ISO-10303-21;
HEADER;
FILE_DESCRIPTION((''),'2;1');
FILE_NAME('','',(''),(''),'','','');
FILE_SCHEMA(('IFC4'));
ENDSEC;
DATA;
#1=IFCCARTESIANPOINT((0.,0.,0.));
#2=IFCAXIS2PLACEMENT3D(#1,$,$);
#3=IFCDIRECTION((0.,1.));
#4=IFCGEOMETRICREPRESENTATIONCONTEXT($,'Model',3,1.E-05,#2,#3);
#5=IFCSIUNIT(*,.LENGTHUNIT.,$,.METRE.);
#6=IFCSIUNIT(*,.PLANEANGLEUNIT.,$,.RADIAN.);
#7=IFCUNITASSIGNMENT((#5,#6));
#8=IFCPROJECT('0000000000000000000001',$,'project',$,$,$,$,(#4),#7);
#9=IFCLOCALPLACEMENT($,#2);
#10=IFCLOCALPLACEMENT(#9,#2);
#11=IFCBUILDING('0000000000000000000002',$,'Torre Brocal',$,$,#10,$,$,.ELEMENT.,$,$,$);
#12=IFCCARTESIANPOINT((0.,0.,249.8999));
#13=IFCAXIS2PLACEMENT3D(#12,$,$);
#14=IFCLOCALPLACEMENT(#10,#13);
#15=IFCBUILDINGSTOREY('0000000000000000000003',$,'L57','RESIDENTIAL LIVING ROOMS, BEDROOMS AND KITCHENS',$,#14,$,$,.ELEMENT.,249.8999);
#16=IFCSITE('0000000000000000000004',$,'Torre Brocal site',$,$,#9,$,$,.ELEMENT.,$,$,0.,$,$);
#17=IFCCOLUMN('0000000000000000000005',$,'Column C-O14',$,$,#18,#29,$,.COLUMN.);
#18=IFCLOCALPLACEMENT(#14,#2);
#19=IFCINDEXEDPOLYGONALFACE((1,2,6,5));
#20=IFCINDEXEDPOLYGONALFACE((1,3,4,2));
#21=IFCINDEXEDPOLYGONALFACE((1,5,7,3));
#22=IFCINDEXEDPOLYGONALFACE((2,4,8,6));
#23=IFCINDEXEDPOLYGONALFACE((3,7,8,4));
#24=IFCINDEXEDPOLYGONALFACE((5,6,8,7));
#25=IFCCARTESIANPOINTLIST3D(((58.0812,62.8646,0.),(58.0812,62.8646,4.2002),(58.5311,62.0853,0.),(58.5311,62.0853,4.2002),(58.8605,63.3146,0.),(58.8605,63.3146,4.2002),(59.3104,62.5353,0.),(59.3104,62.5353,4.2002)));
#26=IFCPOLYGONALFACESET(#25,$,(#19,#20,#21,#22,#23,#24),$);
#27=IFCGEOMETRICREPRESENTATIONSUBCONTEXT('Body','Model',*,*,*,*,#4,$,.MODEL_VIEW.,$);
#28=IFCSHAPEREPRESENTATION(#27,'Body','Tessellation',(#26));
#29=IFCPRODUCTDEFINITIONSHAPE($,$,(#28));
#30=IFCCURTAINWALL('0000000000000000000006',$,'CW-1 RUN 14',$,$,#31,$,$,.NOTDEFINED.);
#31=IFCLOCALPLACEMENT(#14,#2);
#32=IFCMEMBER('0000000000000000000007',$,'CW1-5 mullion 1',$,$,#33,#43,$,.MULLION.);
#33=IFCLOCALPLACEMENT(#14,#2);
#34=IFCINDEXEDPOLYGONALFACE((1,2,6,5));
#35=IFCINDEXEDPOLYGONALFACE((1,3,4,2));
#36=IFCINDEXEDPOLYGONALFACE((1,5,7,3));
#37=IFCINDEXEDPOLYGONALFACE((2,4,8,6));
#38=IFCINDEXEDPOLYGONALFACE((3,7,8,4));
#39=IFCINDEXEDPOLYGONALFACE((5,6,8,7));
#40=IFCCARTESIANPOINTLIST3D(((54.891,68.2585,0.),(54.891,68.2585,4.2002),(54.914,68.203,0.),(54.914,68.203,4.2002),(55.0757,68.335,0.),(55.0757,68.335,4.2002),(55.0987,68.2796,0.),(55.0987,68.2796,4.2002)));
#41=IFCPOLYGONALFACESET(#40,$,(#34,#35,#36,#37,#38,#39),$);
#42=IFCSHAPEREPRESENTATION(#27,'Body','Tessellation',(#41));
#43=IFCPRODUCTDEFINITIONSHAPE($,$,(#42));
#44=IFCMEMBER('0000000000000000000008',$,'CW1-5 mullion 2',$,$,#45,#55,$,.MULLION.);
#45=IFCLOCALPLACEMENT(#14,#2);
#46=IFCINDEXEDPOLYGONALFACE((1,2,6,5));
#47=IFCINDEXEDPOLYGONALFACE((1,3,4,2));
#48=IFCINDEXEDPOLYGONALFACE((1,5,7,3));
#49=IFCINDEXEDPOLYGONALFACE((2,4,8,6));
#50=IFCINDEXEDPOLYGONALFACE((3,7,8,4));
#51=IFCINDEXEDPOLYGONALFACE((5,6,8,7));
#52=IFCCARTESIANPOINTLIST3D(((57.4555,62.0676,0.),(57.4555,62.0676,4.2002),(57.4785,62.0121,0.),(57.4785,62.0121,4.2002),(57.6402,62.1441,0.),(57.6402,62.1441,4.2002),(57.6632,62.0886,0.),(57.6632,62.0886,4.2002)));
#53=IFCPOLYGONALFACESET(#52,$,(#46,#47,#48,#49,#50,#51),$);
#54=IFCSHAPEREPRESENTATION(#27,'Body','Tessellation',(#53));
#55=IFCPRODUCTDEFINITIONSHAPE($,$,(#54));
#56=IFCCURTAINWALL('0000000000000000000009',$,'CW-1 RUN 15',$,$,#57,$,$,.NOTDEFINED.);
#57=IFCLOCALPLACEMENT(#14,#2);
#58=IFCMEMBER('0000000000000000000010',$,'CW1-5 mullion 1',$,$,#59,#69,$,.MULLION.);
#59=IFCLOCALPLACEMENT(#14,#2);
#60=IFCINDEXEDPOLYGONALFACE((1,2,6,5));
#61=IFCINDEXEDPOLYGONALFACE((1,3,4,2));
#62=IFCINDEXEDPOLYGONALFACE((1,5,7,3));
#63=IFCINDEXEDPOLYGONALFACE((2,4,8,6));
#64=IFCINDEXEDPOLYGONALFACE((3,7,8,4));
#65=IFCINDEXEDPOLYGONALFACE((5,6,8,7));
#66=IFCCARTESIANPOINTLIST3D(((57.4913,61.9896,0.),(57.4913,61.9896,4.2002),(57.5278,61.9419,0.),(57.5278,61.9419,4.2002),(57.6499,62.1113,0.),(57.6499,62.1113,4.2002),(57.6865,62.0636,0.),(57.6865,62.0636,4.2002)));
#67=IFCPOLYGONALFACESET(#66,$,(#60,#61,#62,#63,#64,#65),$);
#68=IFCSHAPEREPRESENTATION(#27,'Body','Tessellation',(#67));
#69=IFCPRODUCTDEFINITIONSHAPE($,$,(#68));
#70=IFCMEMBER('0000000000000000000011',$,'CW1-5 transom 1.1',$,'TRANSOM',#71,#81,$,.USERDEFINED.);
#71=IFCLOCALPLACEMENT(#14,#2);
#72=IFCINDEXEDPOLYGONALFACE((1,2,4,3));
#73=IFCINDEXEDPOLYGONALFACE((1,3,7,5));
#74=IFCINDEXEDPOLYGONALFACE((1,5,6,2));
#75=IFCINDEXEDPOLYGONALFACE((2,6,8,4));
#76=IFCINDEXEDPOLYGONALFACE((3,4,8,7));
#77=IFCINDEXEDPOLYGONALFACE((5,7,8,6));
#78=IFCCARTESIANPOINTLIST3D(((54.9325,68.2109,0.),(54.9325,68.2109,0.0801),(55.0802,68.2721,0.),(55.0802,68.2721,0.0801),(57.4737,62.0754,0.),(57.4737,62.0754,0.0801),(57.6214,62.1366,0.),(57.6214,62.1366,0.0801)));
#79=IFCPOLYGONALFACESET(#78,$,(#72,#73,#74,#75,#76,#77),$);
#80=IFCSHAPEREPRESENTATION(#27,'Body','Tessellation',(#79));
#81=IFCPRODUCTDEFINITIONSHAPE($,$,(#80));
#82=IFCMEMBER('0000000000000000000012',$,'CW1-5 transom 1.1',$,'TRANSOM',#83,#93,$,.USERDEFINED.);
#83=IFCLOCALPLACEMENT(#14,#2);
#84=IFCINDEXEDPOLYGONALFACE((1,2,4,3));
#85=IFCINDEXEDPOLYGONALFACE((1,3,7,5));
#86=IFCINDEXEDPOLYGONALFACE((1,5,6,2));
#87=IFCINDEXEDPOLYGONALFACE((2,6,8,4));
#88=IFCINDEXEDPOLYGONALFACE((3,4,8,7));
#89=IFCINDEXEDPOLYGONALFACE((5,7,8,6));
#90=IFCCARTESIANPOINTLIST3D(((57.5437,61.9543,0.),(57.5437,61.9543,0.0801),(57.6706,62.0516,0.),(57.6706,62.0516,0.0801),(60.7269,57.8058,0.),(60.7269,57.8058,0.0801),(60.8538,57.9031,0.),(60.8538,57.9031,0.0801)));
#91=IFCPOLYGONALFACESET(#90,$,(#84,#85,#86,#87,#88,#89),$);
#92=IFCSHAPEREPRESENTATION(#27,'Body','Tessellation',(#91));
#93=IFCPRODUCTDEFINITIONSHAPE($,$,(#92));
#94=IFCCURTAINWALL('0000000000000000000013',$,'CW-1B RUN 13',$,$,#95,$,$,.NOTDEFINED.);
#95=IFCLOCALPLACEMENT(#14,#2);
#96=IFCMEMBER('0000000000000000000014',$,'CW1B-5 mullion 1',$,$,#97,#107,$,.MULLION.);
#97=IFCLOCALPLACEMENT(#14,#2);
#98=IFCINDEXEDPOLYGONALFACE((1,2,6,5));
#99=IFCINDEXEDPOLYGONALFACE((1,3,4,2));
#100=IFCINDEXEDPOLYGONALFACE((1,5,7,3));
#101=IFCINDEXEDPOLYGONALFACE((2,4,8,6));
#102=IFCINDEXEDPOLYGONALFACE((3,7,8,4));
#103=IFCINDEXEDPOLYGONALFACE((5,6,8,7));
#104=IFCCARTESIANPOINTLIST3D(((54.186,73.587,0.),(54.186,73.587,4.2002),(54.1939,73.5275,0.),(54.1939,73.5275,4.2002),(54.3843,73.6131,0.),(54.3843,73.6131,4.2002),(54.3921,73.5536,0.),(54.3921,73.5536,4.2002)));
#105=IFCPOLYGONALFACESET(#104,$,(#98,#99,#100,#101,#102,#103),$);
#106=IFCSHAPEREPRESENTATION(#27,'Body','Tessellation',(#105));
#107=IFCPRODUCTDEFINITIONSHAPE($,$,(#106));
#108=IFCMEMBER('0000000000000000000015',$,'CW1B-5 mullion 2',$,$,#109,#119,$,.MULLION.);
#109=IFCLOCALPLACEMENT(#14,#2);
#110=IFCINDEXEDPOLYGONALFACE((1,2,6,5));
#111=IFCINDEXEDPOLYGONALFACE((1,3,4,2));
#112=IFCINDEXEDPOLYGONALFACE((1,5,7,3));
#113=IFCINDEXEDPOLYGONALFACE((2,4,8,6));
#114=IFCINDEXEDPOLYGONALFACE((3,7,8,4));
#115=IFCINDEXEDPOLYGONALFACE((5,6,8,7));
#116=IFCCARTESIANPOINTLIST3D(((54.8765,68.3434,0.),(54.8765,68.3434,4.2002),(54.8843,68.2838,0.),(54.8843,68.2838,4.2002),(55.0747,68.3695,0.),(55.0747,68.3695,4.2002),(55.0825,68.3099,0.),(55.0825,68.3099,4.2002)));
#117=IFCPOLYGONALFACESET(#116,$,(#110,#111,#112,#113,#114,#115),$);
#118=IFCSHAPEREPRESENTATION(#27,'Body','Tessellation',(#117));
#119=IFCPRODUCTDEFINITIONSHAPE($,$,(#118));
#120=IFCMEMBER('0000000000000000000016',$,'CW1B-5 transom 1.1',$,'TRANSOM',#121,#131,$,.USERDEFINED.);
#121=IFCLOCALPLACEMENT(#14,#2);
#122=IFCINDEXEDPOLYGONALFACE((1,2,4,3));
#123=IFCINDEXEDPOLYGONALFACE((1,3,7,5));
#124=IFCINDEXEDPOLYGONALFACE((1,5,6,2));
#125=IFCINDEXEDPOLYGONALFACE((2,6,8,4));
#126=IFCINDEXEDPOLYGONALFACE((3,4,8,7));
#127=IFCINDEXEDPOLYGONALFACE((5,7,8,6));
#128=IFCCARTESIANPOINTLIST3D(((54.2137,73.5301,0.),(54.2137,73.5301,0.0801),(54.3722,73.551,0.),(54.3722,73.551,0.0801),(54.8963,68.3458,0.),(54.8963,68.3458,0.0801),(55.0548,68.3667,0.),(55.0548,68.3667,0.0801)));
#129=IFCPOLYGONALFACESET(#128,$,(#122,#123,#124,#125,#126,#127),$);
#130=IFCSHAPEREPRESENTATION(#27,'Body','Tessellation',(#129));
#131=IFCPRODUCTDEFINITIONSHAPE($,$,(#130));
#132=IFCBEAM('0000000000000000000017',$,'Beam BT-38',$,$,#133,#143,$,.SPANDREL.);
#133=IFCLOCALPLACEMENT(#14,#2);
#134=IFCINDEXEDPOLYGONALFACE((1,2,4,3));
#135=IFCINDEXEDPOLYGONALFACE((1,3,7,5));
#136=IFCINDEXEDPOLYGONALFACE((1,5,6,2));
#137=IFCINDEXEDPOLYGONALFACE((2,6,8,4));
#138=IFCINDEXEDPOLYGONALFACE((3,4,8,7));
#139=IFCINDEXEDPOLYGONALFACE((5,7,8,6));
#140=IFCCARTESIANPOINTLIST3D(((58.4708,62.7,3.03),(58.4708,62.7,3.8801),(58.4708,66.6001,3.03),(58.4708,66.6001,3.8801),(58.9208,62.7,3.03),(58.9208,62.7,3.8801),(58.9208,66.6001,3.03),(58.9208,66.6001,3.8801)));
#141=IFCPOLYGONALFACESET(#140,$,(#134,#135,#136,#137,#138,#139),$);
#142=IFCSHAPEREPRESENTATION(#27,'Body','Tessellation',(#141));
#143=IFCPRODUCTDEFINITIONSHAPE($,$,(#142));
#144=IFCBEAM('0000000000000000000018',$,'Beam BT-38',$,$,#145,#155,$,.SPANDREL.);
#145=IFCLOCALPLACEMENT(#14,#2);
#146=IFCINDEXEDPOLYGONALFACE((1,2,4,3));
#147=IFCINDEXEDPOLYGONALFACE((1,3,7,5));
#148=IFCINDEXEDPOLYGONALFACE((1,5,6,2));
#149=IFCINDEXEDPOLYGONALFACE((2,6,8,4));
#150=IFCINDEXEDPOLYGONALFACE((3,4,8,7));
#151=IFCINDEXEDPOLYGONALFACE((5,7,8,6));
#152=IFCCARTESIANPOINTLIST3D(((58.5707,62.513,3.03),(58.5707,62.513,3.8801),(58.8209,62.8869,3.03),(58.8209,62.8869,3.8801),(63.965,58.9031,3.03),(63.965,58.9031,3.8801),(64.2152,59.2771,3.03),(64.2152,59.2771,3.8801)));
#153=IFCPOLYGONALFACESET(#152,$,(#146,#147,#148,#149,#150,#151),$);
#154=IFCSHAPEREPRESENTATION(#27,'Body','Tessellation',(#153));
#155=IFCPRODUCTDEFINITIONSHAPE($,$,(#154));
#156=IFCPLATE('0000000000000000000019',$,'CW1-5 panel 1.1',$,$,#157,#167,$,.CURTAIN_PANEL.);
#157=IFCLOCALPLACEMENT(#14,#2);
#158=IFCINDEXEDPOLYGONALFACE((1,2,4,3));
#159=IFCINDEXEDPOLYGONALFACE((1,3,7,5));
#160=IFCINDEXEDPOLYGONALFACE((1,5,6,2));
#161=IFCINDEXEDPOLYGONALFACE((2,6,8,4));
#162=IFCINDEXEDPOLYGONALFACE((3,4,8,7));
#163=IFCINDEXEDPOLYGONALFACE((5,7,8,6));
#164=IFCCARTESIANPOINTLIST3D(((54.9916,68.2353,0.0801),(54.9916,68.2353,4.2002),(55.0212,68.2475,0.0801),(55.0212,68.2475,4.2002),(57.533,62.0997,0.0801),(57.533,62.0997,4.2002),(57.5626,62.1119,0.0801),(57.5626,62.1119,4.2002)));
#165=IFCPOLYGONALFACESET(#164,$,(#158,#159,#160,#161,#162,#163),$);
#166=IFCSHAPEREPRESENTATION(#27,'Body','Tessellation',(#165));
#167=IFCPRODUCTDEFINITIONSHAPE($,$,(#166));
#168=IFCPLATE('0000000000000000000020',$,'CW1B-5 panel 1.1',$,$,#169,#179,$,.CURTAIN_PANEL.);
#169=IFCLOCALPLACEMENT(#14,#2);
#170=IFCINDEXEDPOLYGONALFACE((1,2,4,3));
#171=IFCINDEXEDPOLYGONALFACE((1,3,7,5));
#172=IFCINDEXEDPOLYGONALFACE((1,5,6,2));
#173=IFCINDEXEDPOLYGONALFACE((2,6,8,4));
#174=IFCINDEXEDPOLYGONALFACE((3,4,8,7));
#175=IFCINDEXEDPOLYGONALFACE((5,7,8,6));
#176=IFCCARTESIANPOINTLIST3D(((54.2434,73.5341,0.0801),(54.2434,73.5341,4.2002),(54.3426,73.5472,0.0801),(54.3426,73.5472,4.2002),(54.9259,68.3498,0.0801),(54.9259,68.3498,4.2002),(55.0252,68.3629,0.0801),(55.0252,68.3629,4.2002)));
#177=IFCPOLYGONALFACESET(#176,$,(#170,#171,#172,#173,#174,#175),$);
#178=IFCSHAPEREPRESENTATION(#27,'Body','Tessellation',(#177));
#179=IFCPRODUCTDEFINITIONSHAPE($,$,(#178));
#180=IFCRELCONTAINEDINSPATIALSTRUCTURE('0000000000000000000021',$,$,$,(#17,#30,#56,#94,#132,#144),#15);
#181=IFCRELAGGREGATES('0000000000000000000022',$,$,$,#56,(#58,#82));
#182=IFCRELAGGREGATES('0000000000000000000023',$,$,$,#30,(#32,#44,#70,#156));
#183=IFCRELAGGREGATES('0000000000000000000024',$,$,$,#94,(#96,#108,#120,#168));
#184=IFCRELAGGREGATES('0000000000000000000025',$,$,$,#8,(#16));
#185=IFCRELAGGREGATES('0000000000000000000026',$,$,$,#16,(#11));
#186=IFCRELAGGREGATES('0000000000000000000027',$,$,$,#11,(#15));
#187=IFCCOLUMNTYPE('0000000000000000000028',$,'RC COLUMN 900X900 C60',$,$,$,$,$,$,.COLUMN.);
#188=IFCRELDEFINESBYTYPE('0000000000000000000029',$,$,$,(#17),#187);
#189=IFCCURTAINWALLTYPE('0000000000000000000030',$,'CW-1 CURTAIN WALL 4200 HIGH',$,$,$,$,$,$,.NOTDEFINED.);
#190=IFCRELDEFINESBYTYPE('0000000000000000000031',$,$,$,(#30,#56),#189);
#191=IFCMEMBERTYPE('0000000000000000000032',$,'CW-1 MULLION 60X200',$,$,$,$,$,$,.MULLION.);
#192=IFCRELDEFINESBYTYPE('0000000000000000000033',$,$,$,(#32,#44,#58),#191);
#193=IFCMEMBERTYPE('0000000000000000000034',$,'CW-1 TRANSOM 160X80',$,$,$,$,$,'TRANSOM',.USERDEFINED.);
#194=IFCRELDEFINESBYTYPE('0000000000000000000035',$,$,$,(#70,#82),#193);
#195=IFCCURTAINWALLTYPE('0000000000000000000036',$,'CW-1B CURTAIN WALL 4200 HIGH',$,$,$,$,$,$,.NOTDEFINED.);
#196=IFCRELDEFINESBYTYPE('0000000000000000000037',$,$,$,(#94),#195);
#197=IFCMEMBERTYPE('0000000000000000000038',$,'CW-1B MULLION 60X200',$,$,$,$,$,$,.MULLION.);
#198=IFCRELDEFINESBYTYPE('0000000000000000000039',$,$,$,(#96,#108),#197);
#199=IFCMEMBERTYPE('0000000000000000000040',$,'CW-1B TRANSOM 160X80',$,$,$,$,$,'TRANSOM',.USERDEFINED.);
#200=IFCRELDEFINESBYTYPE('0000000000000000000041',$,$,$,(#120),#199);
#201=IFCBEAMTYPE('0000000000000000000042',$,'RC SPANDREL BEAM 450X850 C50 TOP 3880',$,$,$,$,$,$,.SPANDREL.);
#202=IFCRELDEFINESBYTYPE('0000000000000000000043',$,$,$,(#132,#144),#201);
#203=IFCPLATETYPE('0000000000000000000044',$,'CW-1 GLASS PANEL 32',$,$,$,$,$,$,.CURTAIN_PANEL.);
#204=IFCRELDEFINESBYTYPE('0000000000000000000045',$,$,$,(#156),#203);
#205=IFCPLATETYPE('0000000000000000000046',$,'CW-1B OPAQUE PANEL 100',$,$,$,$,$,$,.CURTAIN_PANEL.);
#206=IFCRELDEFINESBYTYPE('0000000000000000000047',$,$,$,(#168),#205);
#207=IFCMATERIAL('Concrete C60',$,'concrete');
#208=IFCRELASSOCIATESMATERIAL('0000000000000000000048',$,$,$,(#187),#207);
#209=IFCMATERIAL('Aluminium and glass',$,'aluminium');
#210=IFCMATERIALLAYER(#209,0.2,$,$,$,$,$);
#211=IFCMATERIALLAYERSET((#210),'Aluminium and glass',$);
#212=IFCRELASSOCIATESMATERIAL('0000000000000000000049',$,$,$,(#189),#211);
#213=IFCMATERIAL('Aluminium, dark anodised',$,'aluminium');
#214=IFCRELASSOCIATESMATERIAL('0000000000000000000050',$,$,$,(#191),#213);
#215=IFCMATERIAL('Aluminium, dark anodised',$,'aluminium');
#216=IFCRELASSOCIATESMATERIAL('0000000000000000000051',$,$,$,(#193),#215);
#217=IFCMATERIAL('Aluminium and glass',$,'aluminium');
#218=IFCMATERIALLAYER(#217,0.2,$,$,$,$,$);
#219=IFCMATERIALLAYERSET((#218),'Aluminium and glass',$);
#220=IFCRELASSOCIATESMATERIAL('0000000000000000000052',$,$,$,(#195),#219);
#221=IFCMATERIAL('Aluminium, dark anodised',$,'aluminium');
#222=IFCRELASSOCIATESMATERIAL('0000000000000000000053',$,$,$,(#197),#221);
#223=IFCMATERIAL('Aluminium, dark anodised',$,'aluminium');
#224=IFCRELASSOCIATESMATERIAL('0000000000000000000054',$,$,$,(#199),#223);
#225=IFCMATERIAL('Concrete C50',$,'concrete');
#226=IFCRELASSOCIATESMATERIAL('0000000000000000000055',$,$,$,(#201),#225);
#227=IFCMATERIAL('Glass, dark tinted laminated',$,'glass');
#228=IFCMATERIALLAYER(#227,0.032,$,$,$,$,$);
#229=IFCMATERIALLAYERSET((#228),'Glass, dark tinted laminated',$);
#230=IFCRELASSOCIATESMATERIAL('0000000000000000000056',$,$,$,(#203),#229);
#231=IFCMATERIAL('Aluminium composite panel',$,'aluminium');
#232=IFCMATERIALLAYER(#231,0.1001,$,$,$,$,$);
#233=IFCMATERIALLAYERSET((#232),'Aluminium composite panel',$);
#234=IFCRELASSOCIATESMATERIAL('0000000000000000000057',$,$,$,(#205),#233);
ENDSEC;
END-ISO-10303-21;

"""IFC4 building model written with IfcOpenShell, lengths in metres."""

from ifc_helpers import new_model, si_unit, direction, frame, origin, origin_2d, place, context, subcontext, project, spatial, rectangle, extrude, material, layer, layer_set, material_profile, profile_set, type_object, element, aggregate, save


model = new_model("IFC4")

# Units and contexts
model_context = context("Model", 3, precision=1e-05, world=origin(), true_north=direction((0.0, 1.0)))
body_context = subcontext(model_context, "Body", "Model", "MODEL_VIEW")
ifc_project = project(units=[si_unit("LENGTHUNIT", "METRE"), si_unit("PLANEANGLEUNIT", "RADIAN")], contexts=[model_context])

# Site, building, storey
site_placement = place(None, origin())
site = spatial("IfcSite", under=ifc_project, at=site_placement, Name="Torre Brocal site", CompositionType="ELEMENT", RefElevation=0.0)
building_placement = place(site_placement, origin())
building = spatial("IfcBuilding", under=site, at=building_placement, Name="Torre Brocal", CompositionType="ELEMENT")
storey_placement = place(building_placement, frame((0.0, 0.0, 249.8999)))
storey = spatial("IfcBuildingStorey", under=building, at=storey_placement, Name="L57", Description="RESIDENTIAL LIVING ROOMS, BEDROOMS AND KITCHENS", CompositionType="ELEMENT", Elevation=249.8999)

# Column
ifc_material_1 = material(Name="Concrete C60", Category="concrete")
ifc_material_profile_1 = material_profile(ifc_material_1, rectangle(XDim=0.8999, YDim=0.8999, at=origin_2d()), Name="RC 900X900")
ifc_profile_set_1 = profile_set([ifc_material_profile_1], Name="Concrete C60")
column_type = type_object("IfcColumnType", Name="RC COLUMN 900X900 C60", PredefinedType="COLUMN", material=ifc_profile_set_1)
column_placement = place(storey_placement, frame((58.6958, 62.7, 0.0), z_axis=(0.0, 0.0, 1.0), x_axis=(-0.866025, -0.5, 0.0)))
element("IfcColumn", 1, at=column_placement, inside=storey, type_object=column_type, Name="Column C-O14", PredefinedType="COLUMN", context=body_context, shape_type="SweptSolid", body=[
    extrude(rectangle(XDim=0.8999, YDim=0.8999, at=origin_2d()), origin(), (0.0, 0.0, 1.0), 4.2002),
])

# Curtain wall, members
ifc_material_2 = material(Name="Aluminium and glass", Category="aluminium")
ifc_layer_1 = layer(ifc_material_2, 0.2)
ifc_layer_set_1 = layer_set([ifc_layer_1], Name="Aluminium and glass")
curtain_wall_type_1 = type_object("IfcCurtainWallType", Name="CW-1 CURTAIN WALL 4200 HIGH", PredefinedType="NOTDEFINED", material=ifc_layer_set_1)
curtain_wall_1_placement = place(storey_placement, origin())
curtain_wall_1 = element("IfcCurtainWall", 2, at=curtain_wall_1_placement, inside=storey, type_object=curtain_wall_type_1, Name="CW-1 RUN 14", PredefinedType="NOTDEFINED")
ifc_material_3 = material(Name="Aluminium, dark anodised", Category="aluminium")
ifc_material_profile_2 = material_profile(ifc_material_3, rectangle(XDim=0.2, YDim=0.0601, at=origin_2d()), Name="CW-1 MULLION 60X200")
ifc_profile_set_2 = profile_set([ifc_material_profile_2], Name="Aluminium, dark anodised")
member_type_1 = type_object("IfcMemberType", Name="CW-1 MULLION 60X200", PredefinedType="MULLION", material=ifc_profile_set_2)
member_1_placement = place(storey_placement, frame((54.9949, 68.269, 0.0), z_axis=(0.0, 0.0, 1.0), x_axis=(0.92388, 0.382683, 0.0)))
member_1 = element("IfcMember", 3, at=member_1_placement, type_object=member_type_1, Name="CW1-5 mullion 1", PredefinedType="MULLION", context=body_context, shape_type="SweptSolid", body=[
    extrude(rectangle(XDim=0.2, YDim=0.0601, at=origin_2d()), origin(), (0.0, 0.0, 1.0), 4.2002),
])
member_2_placement = place(storey_placement, frame((57.5593, 62.0781, 0.0), z_axis=(0.0, 0.0, 1.0), x_axis=(0.92388, 0.382683, 0.0)))
member_2 = element("IfcMember", 4, at=member_2_placement, type_object=member_type_1, Name="CW1-5 mullion 2", PredefinedType="MULLION", context=body_context, shape_type="SweptSolid", body=[
    extrude(rectangle(XDim=0.2, YDim=0.0601, at=origin_2d()), origin(), (0.0, 0.0, 1.0), 4.2002),
])

# Curtain wall, member
curtain_wall_2_placement = place(storey_placement, origin())
curtain_wall_2 = element("IfcCurtainWall", 5, at=curtain_wall_2_placement, inside=storey, type_object=curtain_wall_type_1, Name="CW-1 RUN 15", PredefinedType="NOTDEFINED")
member_3_placement = place(storey_placement, frame((57.5889, 62.0266, 0.0), z_axis=(0.0, 0.0, 1.0), x_axis=(0.793353, 0.608761, 0.0)))
member_3 = element("IfcMember", 6, at=member_3_placement, type_object=member_type_1, Name="CW1-5 mullion 1", PredefinedType="MULLION", context=body_context, shape_type="SweptSolid", body=[
    extrude(rectangle(XDim=0.2, YDim=0.0601, at=origin_2d()), origin(), (0.0, 0.0, 1.0), 4.2002),
])

# Members
ifc_material_4 = material(Name="Aluminium, dark anodised", Category="aluminium")
ifc_material_profile_3 = material_profile(ifc_material_4, rectangle(XDim=0.1599, YDim=0.0801, at=origin_2d()), Name="CW-1 TRANSOM 160X80")
ifc_profile_set_3 = profile_set([ifc_material_profile_3], Name="Aluminium, dark anodised")
member_type_2 = type_object("IfcMemberType", Name="CW-1 TRANSOM 160X80", ElementType="TRANSOM", PredefinedType="USERDEFINED", material=ifc_profile_set_3)
member_4_placement = place(storey_placement, frame((55.0063, 68.2415, 0.04), z_axis=(0.382665, -0.923887, 0.0), x_axis=(0.923887, 0.382665, 0.0)))
member_4 = element("IfcMember", 7, at=member_4_placement, type_object=member_type_2, Name="CW1-5 transom 1.1", ObjectType="TRANSOM", PredefinedType="USERDEFINED", context=body_context, shape_type="SweptSolid", body=[
    extrude(rectangle(XDim=0.1599, YDim=0.0801, at=origin_2d()), origin(), (0.0, 0.0, 1.0), 6.6409),
])
member_5_placement = place(storey_placement, frame((57.6072, 62.0029, 0.04), z_axis=(0.608749, -0.793363, 0.0), x_axis=(0.793363, 0.608749, 0.0)))
member_5 = element("IfcMember", 8, at=member_5_placement, type_object=member_type_2, Name="CW1-5 transom 1.1", ObjectType="TRANSOM", PredefinedType="USERDEFINED", context=body_context, shape_type="SweptSolid", body=[
    extrude(rectangle(XDim=0.1599, YDim=0.0801, at=origin_2d()), origin(), (0.0, 0.0, 1.0), 5.229),
])
aggregate(curtain_wall_2, [member_3, member_5])

# Curtain wall, members
ifc_material_5 = material(Name="Aluminium and glass", Category="aluminium")
ifc_layer_2 = layer(ifc_material_5, 0.2)
ifc_layer_set_2 = layer_set([ifc_layer_2], Name="Aluminium and glass")
curtain_wall_type_2 = type_object("IfcCurtainWallType", Name="CW-1B CURTAIN WALL 4200 HIGH", PredefinedType="NOTDEFINED", material=ifc_layer_set_2)
curtain_wall_3_placement = place(storey_placement, origin())
curtain_wall_3 = element("IfcCurtainWall", 9, at=curtain_wall_3_placement, inside=storey, type_object=curtain_wall_type_2, Name="CW-1B RUN 13", PredefinedType="NOTDEFINED")
ifc_material_6 = material(Name="Aluminium, dark anodised", Category="aluminium")
ifc_material_profile_4 = material_profile(ifc_material_6, rectangle(XDim=0.2, YDim=0.0601, at=origin_2d()), Name="CW-1B MULLION 60X200")
ifc_profile_set_4 = profile_set([ifc_material_profile_4], Name="Aluminium, dark anodised")
member_type_3 = type_object("IfcMemberType", Name="CW-1B MULLION 60X200", PredefinedType="MULLION", material=ifc_profile_set_4)
member_6_placement = place(storey_placement, frame((54.2891, 73.5703, 0.0), z_axis=(0.0, 0.0, 1.0), x_axis=(0.991445, 0.130526, 0.0)))
member_6 = element("IfcMember", 10, at=member_6_placement, type_object=member_type_3, Name="CW1B-5 mullion 1", PredefinedType="MULLION", context=body_context, shape_type="SweptSolid", body=[
    extrude(rectangle(XDim=0.2, YDim=0.0601, at=origin_2d()), origin(), (0.0, 0.0, 1.0), 4.2002),
])
member_7_placement = place(storey_placement, frame((54.9795, 68.3267, 0.0), z_axis=(0.0, 0.0, 1.0), x_axis=(0.991445, 0.130526, 0.0)))
member_7 = element("IfcMember", 11, at=member_7_placement, type_object=member_type_3, Name="CW1B-5 mullion 2", PredefinedType="MULLION", context=body_context, shape_type="SweptSolid", body=[
    extrude(rectangle(XDim=0.2, YDim=0.0601, at=origin_2d()), origin(), (0.0, 0.0, 1.0), 4.2002),
])
ifc_material_7 = material(Name="Aluminium, dark anodised", Category="aluminium")
ifc_material_profile_5 = material_profile(ifc_material_7, rectangle(XDim=0.1599, YDim=0.0801, at=origin_2d()), Name="CW-1B TRANSOM 160X80")
ifc_profile_set_5 = profile_set([ifc_material_profile_5], Name="Aluminium, dark anodised")
member_type_4 = type_object("IfcMemberType", Name="CW-1B TRANSOM 160X80", ElementType="TRANSOM", PredefinedType="USERDEFINED", material=ifc_profile_set_5)
member_8_placement = place(storey_placement, frame((54.293, 73.5405, 0.04), z_axis=(0.130543, -0.991443, 0.0), x_axis=(0.991443, 0.130543, 0.0)))
member_8 = element("IfcMember", 12, at=member_8_placement, type_object=member_type_4, Name="CW1B-5 transom 1.1", ObjectType="TRANSOM", PredefinedType="USERDEFINED", context=body_context, shape_type="SweptSolid", body=[
    extrude(rectangle(XDim=0.1599, YDim=0.0801, at=origin_2d()), origin(), (0.0, 0.0, 1.0), 5.229),
])

# Beams
ifc_material_8 = material(Name="Concrete C50", Category="concrete")
ifc_material_profile_6 = material_profile(ifc_material_8, rectangle(XDim=0.45, YDim=0.8501, at=origin_2d()), Name="RC 450X850")
ifc_profile_set_6 = profile_set([ifc_material_profile_6], Name="Concrete C50")
beam_type = type_object("IfcBeamType", Name="RC SPANDREL BEAM 450X850 C50 TOP 3880", PredefinedType="SPANDREL", material=ifc_profile_set_6)
beam_1_placement = place(storey_placement, frame((58.6958, 62.7, 3.4551), z_axis=(0.0, 1.0, 0.0), x_axis=(-1.0, 0.0, 0.0)))
element("IfcBeam", 13, at=beam_1_placement, inside=storey, type_object=beam_type, Name="Beam BT-38", PredefinedType="SPANDREL", context=body_context, shape_type="SweptSolid", body=[
    extrude(rectangle(XDim=0.45, YDim=0.8501, at=origin_2d()), origin(), (0.0, 0.0, 1.0), 3.9001),
])
beam_2_placement = place(storey_placement, frame((58.6958, 62.7, 3.4551), z_axis=(0.831077, -0.556158, 0.0), x_axis=(0.556158, 0.831077, 0.0)))
element("IfcBeam", 14, at=beam_2_placement, inside=storey, type_object=beam_type, Name="Beam BT-38", PredefinedType="SPANDREL", context=body_context, shape_type="SweptSolid", body=[
    extrude(rectangle(XDim=0.45, YDim=0.8501, at=origin_2d()), origin(), (0.0, 0.0, 1.0), 6.4907),
])

# Plates
ifc_material_9 = material(Name="Glass, dark tinted laminated", Category="glass")
ifc_layer_3 = layer(ifc_material_9, 0.032)
ifc_layer_set_3 = layer_set([ifc_layer_3], Name="Glass, dark tinted laminated")
plate_type_1 = type_object("IfcPlateType", Name="CW-1 GLASS PANEL 32", PredefinedType="CURTAIN_PANEL", material=ifc_layer_set_3)
plate_1_placement = place(storey_placement, frame((56.2771, 65.1736, 0.0801), z_axis=(0.0, 0.0, 1.0), x_axis=(0.382683, -0.92388, 0.0)))
plate_1 = element("IfcPlate", 15, at=plate_1_placement, type_object=plate_type_1, Name="CW1-5 panel 1.1", PredefinedType="CURTAIN_PANEL", context=body_context, shape_type="SweptSolid", body=[
    extrude(rectangle(XDim=6.6411, YDim=0.032, at=origin_2d()), origin(), (0.0, 0.0, 1.0), 4.1201),
])
aggregate(curtain_wall_1, [member_1, member_2, member_4, plate_1])
ifc_material_10 = material(Name="Aluminium composite panel", Category="aluminium")
ifc_layer_4 = layer(ifc_material_10, 0.1001)
ifc_layer_set_4 = layer_set([ifc_layer_4], Name="Aluminium composite panel")
plate_type_2 = type_object("IfcPlateType", Name="CW-1B OPAQUE PANEL 100", PredefinedType="CURTAIN_PANEL", material=ifc_layer_set_4)
plate_2_placement = place(storey_placement, frame((54.6343, 70.9485, 0.0801), z_axis=(0.0, 0.0, 1.0), x_axis=(0.130526, -0.991445, 0.0)))
plate_2 = element("IfcPlate", 16, at=plate_2_placement, type_object=plate_type_2, Name="CW1B-5 panel 1.1", PredefinedType="CURTAIN_PANEL", context=body_context, shape_type="SweptSolid", body=[
    extrude(rectangle(XDim=5.229, YDim=0.1001, at=origin_2d()), origin(), (0.0, 0.0, 1.0), 4.1201),
])
aggregate(curtain_wall_3, [member_6, member_7, member_8, plate_2])

save(model, "model.ifc")
